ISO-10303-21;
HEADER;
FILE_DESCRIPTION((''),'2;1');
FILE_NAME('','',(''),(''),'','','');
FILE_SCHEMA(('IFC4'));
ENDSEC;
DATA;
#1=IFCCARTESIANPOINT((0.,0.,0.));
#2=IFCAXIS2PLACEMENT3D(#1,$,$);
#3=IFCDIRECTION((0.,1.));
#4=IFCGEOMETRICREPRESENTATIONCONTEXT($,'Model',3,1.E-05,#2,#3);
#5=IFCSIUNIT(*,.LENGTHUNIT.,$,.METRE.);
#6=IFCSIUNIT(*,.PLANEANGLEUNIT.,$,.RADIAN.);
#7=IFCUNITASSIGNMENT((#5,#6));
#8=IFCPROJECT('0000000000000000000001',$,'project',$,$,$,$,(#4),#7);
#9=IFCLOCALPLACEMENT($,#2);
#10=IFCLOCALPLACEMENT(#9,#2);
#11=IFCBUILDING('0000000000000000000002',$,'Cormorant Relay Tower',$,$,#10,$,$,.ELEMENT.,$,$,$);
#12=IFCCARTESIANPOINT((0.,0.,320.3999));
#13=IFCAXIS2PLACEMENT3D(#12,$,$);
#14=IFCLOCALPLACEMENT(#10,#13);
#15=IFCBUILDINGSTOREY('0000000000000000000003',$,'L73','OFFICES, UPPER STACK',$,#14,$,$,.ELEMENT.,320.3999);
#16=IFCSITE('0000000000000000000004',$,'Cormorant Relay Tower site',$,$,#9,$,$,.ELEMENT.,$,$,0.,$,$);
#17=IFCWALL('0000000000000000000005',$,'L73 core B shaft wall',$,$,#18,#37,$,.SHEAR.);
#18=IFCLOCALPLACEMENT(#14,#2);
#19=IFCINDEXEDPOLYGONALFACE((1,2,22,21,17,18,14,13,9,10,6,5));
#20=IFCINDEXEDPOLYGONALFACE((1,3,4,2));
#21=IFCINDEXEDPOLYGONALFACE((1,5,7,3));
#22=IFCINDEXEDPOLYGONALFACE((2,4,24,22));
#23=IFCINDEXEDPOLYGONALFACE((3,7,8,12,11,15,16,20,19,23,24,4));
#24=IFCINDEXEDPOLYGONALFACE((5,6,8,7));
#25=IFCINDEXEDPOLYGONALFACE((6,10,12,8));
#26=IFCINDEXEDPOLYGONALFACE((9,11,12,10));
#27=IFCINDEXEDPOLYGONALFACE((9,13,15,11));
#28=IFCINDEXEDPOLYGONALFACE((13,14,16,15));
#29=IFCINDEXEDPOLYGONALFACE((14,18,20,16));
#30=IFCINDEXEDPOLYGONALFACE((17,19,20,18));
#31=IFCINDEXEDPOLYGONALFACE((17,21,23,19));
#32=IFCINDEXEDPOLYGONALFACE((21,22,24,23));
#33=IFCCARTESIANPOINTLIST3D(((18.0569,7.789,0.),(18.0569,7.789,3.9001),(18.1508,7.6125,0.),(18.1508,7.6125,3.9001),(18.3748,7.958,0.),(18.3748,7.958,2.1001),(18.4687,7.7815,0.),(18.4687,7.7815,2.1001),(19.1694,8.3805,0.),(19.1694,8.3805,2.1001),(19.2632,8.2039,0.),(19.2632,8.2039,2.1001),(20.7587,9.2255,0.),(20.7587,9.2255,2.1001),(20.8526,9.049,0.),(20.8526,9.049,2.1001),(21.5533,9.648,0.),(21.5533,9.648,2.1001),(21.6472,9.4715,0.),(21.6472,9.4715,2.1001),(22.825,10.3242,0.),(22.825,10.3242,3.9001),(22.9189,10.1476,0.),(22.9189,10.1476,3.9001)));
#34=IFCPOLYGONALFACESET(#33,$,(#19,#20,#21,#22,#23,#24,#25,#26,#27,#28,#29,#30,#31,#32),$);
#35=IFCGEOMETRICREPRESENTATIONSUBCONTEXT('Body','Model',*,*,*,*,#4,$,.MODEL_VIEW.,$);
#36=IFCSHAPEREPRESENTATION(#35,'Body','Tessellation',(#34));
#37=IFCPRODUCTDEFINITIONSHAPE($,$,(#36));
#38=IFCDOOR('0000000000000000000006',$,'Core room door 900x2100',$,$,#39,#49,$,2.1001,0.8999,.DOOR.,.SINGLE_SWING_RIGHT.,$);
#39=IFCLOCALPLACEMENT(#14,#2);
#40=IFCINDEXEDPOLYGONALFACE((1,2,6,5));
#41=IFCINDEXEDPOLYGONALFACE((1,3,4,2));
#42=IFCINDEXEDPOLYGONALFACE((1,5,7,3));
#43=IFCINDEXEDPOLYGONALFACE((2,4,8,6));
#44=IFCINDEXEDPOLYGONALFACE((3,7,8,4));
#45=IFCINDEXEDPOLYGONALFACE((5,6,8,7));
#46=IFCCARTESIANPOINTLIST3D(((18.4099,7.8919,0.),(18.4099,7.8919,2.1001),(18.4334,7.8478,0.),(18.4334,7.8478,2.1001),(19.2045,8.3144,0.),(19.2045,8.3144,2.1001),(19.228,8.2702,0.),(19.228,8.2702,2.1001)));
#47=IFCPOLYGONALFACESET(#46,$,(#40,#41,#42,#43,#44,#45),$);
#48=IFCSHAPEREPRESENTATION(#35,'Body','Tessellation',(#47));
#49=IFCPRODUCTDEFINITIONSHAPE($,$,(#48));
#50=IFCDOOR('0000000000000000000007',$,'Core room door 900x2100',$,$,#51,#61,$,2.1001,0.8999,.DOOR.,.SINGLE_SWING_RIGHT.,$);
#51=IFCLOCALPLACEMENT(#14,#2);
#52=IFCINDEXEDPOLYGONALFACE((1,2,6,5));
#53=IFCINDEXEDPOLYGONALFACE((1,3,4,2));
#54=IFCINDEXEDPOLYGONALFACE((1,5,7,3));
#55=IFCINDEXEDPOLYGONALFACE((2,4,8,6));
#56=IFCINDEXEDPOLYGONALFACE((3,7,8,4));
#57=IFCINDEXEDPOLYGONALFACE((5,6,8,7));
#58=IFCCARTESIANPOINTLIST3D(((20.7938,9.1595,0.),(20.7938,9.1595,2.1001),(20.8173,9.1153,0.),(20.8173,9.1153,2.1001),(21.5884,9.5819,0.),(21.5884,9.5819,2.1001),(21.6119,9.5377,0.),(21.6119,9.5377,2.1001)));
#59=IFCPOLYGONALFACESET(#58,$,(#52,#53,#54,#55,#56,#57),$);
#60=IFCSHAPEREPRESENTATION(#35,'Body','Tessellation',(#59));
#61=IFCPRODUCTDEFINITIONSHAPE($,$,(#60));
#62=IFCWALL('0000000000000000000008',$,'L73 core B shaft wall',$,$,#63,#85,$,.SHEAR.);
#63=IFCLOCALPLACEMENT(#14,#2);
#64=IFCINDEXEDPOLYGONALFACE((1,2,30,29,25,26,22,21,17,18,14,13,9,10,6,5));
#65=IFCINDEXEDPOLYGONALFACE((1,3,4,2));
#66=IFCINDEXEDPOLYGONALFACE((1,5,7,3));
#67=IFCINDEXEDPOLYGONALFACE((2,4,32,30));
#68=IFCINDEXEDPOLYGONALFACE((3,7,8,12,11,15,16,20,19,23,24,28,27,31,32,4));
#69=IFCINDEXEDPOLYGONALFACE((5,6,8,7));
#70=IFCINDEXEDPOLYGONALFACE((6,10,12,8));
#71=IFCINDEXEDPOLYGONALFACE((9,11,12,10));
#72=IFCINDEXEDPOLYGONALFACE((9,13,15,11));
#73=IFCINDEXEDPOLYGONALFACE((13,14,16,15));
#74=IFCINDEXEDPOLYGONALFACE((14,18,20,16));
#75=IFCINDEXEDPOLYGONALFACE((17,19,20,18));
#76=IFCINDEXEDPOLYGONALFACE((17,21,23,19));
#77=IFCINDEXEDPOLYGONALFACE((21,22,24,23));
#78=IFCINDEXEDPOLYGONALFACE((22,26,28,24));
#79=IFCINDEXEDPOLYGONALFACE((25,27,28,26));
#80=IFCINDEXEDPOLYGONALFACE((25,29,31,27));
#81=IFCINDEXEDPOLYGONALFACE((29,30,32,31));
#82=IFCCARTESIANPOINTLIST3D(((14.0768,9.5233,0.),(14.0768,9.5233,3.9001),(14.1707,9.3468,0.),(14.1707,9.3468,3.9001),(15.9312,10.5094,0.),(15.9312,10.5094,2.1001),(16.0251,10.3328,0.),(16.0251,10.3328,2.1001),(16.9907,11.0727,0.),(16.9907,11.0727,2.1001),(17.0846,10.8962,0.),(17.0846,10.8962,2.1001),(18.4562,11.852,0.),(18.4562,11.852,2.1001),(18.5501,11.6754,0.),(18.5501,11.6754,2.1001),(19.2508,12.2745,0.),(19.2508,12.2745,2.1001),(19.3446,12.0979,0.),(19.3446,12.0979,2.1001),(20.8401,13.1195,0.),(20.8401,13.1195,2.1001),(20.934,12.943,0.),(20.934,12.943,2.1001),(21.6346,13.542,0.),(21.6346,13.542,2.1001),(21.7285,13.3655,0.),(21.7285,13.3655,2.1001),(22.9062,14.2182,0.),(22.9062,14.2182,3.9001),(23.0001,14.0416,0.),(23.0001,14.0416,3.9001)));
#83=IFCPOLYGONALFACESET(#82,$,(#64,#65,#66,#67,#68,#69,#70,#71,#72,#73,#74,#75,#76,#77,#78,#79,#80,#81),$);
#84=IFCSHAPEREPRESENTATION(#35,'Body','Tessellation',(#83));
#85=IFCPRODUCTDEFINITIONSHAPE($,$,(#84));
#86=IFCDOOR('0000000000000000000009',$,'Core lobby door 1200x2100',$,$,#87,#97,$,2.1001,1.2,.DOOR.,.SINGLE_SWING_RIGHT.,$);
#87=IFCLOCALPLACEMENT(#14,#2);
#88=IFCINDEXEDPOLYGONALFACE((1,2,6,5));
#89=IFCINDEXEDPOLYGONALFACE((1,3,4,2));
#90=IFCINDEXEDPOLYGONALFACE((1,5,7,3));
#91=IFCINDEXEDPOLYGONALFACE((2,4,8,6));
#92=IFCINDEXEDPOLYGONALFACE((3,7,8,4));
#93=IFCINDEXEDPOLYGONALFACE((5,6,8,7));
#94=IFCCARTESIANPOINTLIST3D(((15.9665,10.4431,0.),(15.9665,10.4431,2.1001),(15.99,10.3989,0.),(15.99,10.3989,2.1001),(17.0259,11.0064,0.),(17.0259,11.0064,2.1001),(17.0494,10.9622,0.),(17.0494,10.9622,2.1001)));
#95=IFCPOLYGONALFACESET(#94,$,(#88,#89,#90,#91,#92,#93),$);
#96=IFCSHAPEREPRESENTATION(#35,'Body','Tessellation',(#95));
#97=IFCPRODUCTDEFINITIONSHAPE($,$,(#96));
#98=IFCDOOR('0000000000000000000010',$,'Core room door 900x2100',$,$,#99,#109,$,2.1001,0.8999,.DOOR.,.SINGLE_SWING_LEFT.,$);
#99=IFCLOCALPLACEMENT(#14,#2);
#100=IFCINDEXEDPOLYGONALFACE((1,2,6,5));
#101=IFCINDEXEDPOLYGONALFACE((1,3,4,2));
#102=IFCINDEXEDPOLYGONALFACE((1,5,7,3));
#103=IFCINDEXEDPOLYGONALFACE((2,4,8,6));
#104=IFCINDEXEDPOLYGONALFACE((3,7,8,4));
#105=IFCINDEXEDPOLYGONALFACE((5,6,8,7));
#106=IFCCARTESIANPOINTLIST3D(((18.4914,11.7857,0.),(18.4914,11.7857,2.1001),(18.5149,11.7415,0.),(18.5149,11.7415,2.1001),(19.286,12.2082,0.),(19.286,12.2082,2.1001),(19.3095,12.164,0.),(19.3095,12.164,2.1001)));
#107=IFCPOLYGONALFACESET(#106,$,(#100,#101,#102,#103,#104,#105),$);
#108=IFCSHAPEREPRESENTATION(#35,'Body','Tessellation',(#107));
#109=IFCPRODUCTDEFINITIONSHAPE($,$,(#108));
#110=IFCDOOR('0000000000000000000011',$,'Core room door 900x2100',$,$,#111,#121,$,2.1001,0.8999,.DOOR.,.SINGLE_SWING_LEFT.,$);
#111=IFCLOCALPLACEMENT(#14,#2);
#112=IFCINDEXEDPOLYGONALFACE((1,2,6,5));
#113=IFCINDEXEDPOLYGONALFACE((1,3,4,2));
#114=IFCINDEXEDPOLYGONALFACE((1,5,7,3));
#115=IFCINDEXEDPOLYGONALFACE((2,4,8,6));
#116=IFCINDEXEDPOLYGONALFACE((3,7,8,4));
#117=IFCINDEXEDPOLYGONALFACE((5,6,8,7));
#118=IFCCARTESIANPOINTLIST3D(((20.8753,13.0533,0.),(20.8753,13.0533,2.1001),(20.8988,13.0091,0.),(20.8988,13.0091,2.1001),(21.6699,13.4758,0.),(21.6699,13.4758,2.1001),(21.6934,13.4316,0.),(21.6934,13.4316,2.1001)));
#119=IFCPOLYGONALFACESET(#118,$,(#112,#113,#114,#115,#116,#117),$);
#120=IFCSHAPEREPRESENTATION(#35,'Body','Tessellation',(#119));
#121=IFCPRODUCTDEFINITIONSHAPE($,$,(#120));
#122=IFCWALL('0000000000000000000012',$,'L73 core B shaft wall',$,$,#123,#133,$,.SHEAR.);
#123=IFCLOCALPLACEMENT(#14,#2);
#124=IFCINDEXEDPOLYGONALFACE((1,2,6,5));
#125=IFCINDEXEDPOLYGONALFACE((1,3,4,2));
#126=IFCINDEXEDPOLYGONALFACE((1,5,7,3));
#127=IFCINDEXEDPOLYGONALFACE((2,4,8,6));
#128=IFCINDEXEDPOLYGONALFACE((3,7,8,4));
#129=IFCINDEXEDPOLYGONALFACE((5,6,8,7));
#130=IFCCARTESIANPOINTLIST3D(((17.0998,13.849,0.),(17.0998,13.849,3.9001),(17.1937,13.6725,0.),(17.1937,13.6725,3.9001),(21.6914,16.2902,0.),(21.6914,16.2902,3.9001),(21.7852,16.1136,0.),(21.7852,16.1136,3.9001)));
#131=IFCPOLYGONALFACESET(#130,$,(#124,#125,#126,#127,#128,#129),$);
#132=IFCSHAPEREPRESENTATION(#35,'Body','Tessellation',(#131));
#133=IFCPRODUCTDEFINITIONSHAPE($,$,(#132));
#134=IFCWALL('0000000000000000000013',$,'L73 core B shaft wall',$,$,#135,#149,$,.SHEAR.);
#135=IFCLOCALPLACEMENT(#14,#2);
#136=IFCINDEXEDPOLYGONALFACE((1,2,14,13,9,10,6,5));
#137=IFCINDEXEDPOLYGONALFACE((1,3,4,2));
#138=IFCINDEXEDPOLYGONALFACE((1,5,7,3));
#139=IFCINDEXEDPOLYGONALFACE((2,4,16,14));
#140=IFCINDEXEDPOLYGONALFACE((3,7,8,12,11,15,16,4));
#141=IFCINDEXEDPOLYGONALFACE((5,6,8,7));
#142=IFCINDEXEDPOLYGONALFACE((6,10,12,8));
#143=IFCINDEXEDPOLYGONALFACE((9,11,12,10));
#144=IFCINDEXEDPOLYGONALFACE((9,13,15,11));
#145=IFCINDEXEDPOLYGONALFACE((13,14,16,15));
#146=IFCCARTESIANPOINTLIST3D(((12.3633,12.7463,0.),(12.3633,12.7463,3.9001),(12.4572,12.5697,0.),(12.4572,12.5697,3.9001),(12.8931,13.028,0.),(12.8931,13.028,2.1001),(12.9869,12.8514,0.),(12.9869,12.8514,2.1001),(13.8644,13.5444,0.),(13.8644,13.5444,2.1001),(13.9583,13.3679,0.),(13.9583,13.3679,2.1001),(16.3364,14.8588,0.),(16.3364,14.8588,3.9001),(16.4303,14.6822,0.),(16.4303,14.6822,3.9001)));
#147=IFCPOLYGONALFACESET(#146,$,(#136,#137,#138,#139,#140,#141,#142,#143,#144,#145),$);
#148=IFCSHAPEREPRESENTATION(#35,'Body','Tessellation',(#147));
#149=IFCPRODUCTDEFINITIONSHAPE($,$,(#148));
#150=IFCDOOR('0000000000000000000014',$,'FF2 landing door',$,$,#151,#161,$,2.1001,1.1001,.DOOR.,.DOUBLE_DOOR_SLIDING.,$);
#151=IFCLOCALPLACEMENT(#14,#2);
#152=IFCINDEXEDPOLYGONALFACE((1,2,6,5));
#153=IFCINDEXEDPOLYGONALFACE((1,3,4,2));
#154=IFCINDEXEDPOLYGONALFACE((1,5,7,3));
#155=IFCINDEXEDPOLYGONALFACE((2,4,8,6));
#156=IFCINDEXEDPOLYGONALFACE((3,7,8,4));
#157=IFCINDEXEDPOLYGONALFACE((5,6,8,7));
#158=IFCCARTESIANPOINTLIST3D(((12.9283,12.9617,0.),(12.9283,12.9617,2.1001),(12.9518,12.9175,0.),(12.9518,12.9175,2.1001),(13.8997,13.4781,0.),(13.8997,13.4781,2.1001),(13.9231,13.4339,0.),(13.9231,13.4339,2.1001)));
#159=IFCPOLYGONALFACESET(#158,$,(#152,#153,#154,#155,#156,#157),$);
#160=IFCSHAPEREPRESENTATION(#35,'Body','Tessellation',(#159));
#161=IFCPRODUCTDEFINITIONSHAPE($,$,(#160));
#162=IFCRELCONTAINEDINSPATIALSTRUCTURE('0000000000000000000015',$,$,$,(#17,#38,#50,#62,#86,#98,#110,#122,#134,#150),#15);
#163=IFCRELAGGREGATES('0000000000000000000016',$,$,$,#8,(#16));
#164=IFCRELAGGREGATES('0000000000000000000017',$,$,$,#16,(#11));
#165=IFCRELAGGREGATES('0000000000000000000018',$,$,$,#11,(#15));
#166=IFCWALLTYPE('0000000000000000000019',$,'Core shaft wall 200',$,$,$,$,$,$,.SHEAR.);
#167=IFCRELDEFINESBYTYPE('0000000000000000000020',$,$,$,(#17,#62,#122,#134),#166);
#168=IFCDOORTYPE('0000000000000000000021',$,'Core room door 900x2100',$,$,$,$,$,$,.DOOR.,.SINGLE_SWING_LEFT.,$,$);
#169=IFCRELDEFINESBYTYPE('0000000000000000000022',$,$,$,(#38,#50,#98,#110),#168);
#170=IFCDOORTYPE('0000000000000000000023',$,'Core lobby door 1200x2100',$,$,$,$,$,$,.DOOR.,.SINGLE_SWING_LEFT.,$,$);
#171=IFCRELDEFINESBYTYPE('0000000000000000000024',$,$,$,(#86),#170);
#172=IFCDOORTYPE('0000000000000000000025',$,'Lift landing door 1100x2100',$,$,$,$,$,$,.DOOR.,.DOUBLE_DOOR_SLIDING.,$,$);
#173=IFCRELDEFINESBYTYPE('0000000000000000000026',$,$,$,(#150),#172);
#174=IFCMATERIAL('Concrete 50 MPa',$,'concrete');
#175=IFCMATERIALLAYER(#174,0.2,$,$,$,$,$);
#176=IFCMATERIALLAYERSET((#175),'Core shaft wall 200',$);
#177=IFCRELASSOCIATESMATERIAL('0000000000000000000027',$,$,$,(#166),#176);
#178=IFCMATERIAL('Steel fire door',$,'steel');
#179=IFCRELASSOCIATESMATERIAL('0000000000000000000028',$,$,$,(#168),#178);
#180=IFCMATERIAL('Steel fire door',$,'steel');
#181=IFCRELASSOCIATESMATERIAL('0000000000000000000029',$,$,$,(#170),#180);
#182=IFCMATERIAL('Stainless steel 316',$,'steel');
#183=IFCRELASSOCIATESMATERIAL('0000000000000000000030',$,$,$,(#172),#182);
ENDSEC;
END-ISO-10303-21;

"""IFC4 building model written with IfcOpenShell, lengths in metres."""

from ifc_helpers import new_model, si_unit, direction, frame, frame_2d, origin, place, context, subcontext, project, spatial, rectangle, extrude, material, layer, layer_set, type_object, element, fill, save


model = new_model("IFC4")

# Units and contexts
model_context = context("Model", 3, precision=1e-05, world=origin(), true_north=direction((0.0, 1.0)))
body_context = subcontext(model_context, "Body", "Model", "MODEL_VIEW")
ifc_project = project(units=[si_unit("LENGTHUNIT", "METRE"), si_unit("PLANEANGLEUNIT", "RADIAN")], contexts=[model_context])

# Site, building, storey
site_placement = place(None, origin())
site = spatial("IfcSite", under=ifc_project, at=site_placement, Name="Cormorant Relay Tower site", CompositionType="ELEMENT", RefElevation=0.0)
building_placement = place(site_placement, origin())
building = spatial("IfcBuilding", under=site, at=building_placement, Name="Cormorant Relay Tower", CompositionType="ELEMENT")
storey_placement = place(building_placement, frame((0.0, 0.0, 320.3999)))
storey = spatial("IfcBuildingStorey", under=building, at=storey_placement, Name="L73", Description="OFFICES, UPPER STACK", CompositionType="ELEMENT", Elevation=320.3999)

# Shared definitions
ifc_material_1 = material(Name="Concrete 50 MPa", Category="concrete")
ifc_layer_1 = layer(ifc_material_1, 0.2)
ifc_layer_set_1 = layer_set([ifc_layer_1], Name="Core shaft wall 200")
wall_type_1 = type_object("IfcWallType", Name="Core shaft wall 200", PredefinedType="SHEAR", material=ifc_layer_set_1)

# Walls, openings, doors
ifc_material_2 = material(Name="Steel fire door", Category="steel")
door_type_1 = type_object("IfcDoorType", Name="Core room door 900x2100", OperationType="SINGLE_SWING_LEFT", PredefinedType="DOOR", material=ifc_material_2)
wall_1_placement = place(storey_placement, frame((18.1038, 7.7007, 0.0), z_axis=(0.0, 0.0, 1.0), x_axis=(0.882953, 0.469462, 0.0)))
wall_1 = element("IfcWall", 1, at=wall_1_placement, inside=storey, type_object=wall_type_1, Name="L73 core B shaft wall", PredefinedType="SHEAR", context=body_context, shape_type="SweptSolid", body=[
    extrude(rectangle(XDim=5.4001, YDim=0.2, at=frame_2d((2.7002, 0.0))), origin(), (0.0, 0.0, 1.0), 3.9001),
])
opening_1_placement = place(wall_1_placement, frame((0.3601, 0.0, 0.0)))
opening_1 = element("IfcOpeningElement", 2, at=opening_1_placement, cuts=wall_1, PredefinedType="OPENING", context=body_context, shape_type="SweptSolid", body=[
    extrude(rectangle(XDim=0.8999, YDim=2.1001, at=frame_2d((0.45, 1.05))), frame((0.0, 0.1099, 0.0), z_axis=(0.0, -1.0, 0.0), x_axis=(1.0, 0.0, 0.0)), (0.0, 0.0, 1.0), 0.22),
])
opening_2_placement = place(wall_1_placement, frame((3.0601, 0.0, 0.0)))
opening_2 = element("IfcOpeningElement", 3, at=opening_2_placement, cuts=wall_1, PredefinedType="OPENING", context=body_context, shape_type="SweptSolid", body=[
    extrude(rectangle(XDim=0.8999, YDim=2.1001, at=frame_2d((0.45, 1.05))), frame((0.0, 0.1099, 0.0), z_axis=(0.0, -1.0, 0.0), x_axis=(1.0, 0.0, 0.0)), (0.0, 0.0, 1.0), 0.22),
])
door_1_placement = place(opening_1_placement, frame((0.8999, 0.0, 0.0), z_axis=(0.0, 0.0, 1.0), x_axis=(-1.0, 0.0, 0.0)))
door_1 = element("IfcDoor", 4, at=door_1_placement, inside=storey, type_object=door_type_1, Name="Core room door 900x2100", OperationType="SINGLE_SWING_RIGHT", OverallHeight=2.1001, OverallWidth=0.8999, PredefinedType="DOOR", context=body_context, shape_type="SweptSolid", body=[
    extrude(rectangle(XDim=0.8999, YDim=2.1001, at=frame_2d((0.45, 1.05))), frame((0.0, 0.0249, 0.0), z_axis=(0.0, -1.0, 0.0), x_axis=(1.0, 0.0, 0.0)), (0.0, 0.0, 1.0), 0.05),
])
fill(opening_1, door_1)
door_2_placement = place(opening_2_placement, frame((0.8999, 0.0, 0.0), z_axis=(0.0, 0.0, 1.0), x_axis=(-1.0, 0.0, 0.0)))
door_2 = element("IfcDoor", 5, at=door_2_placement, inside=storey, type_object=door_type_1, Name="Core room door 900x2100", OperationType="SINGLE_SWING_RIGHT", OverallHeight=2.1001, OverallWidth=0.8999, PredefinedType="DOOR", context=body_context, shape_type="SweptSolid", body=[
    extrude(rectangle(XDim=0.8999, YDim=2.1001, at=frame_2d((0.45, 1.05))), frame((0.0, 0.0249, 0.0), z_axis=(0.0, -1.0, 0.0), x_axis=(1.0, 0.0, 0.0)), (0.0, 0.0, 1.0), 0.05),
])
fill(opening_2, door_2)
wall_2_placement = place(storey_placement, frame((14.1238, 9.4351, 0.0), z_axis=(0.0, 0.0, 1.0), x_axis=(0.88294, 0.469485, 0.0)))
wall_2 = element("IfcWall", 6, at=wall_2_placement, inside=storey, type_object=wall_type_1, Name="L73 core B shaft wall", PredefinedType="SHEAR", context=body_context, shape_type="SweptSolid", body=[
    extrude(rectangle(XDim=10.0, YDim=0.2, at=frame_2d((5.0, 0.0))), origin(), (0.0, 0.0, 1.0), 3.9001),
])
opening_3_placement = place(wall_2_placement, frame((2.1001, 0.0, 0.0)))
opening_3 = element("IfcOpeningElement", 7, at=opening_3_placement, cuts=wall_2, PredefinedType="OPENING", context=body_context, shape_type="SweptSolid", body=[
    extrude(rectangle(XDim=1.2, YDim=2.1001, at=frame_2d((0.6001, 1.05))), frame((0.0, 0.1099, 0.0), z_axis=(0.0, -1.0, 0.0), x_axis=(1.0, 0.0, 0.0)), (0.0, 0.0, 1.0), 0.22),
])
opening_4_placement = place(wall_2_placement, frame((4.96, 0.0, 0.0)))
opening_4 = element("IfcOpeningElement", 8, at=opening_4_placement, cuts=wall_2, PredefinedType="OPENING", context=body_context, shape_type="SweptSolid", body=[
    extrude(rectangle(XDim=0.8999, YDim=2.1001, at=frame_2d((0.45, 1.05))), frame((0.0, 0.1099, 0.0), z_axis=(0.0, -1.0, 0.0), x_axis=(1.0, 0.0, 0.0)), (0.0, 0.0, 1.0), 0.22),
])
opening_5_placement = place(wall_2_placement, frame((7.6599, 0.0, 0.0)))
opening_5 = element("IfcOpeningElement", 9, at=opening_5_placement, cuts=wall_2, PredefinedType="OPENING", context=body_context, shape_type="SweptSolid", body=[
    extrude(rectangle(XDim=0.8999, YDim=2.1001, at=frame_2d((0.45, 1.05))), frame((0.0, 0.1099, 0.0), z_axis=(0.0, -1.0, 0.0), x_axis=(1.0, 0.0, 0.0)), (0.0, 0.0, 1.0), 0.22),
])
ifc_material_3 = material(Name="Steel fire door", Category="steel")
door_type_2 = type_object("IfcDoorType", Name="Core lobby door 1200x2100", OperationType="SINGLE_SWING_LEFT", PredefinedType="DOOR", material=ifc_material_3)
door_3_placement = place(opening_3_placement, origin())
door_3 = element("IfcDoor", 10, at=door_3_placement, inside=storey, type_object=door_type_2, Name="Core lobby door 1200x2100", OperationType="SINGLE_SWING_RIGHT", OverallHeight=2.1001, OverallWidth=1.2, PredefinedType="DOOR", context=body_context, shape_type="SweptSolid", body=[
    extrude(rectangle(XDim=1.2, YDim=2.1001, at=frame_2d((0.6001, 1.05))), frame((0.0, 0.0249, 0.0), z_axis=(0.0, -1.0, 0.0), x_axis=(1.0, 0.0, 0.0)), (0.0, 0.0, 1.0), 0.05),
])
fill(opening_3, door_3)
door_4_placement = place(opening_4_placement, origin())
door_4 = element("IfcDoor", 11, at=door_4_placement, inside=storey, type_object=door_type_1, Name="Core room door 900x2100", OperationType="SINGLE_SWING_LEFT", OverallHeight=2.1001, OverallWidth=0.8999, PredefinedType="DOOR", context=body_context, shape_type="SweptSolid", body=[
    extrude(rectangle(XDim=0.8999, YDim=2.1001, at=frame_2d((0.45, 1.05))), frame((0.0, 0.0249, 0.0), z_axis=(0.0, -1.0, 0.0), x_axis=(1.0, 0.0, 0.0)), (0.0, 0.0, 1.0), 0.05),
])
fill(opening_4, door_4)
door_5_placement = place(opening_5_placement, origin())
door_5 = element("IfcDoor", 12, at=door_5_placement, inside=storey, type_object=door_type_1, Name="Core room door 900x2100", OperationType="SINGLE_SWING_LEFT", OverallHeight=2.1001, OverallWidth=0.8999, PredefinedType="DOOR", context=body_context, shape_type="SweptSolid", body=[
    extrude(rectangle(XDim=0.8999, YDim=2.1001, at=frame_2d((0.45, 1.05))), frame((0.0, 0.0249, 0.0), z_axis=(0.0, -1.0, 0.0), x_axis=(1.0, 0.0, 0.0)), (0.0, 0.0, 1.0), 0.05),
])
fill(opening_5, door_5)

# Wall
wall_3_placement = place(storey_placement, frame((17.1467, 13.7607, 0.0), z_axis=(0.0, 0.0, 1.0), x_axis=(0.882964, 0.46944, 0.0)))
element("IfcWall", 13, at=wall_3_placement, inside=storey, type_object=wall_type_1, Name="L73 core B shaft wall", PredefinedType="SHEAR", context=body_context, shape_type="SweptSolid", body=[
    extrude(rectangle(XDim=5.2002, YDim=0.2, at=frame_2d((2.6001, 0.0))), origin(), (0.0, 0.0, 1.0), 3.9001),
])

# Wall, opening, door
wall_4_placement = place(storey_placement, frame((12.4102, 12.658, 0.0), z_axis=(0.0, 0.0, 1.0), x_axis=(0.882948, 0.46947, 0.0)))
wall_4 = element("IfcWall", 14, at=wall_4_placement, inside=storey, type_object=wall_type_1, Name="L73 core B shaft wall", PredefinedType="SHEAR", context=body_context, shape_type="SweptSolid", body=[
    extrude(rectangle(XDim=4.4998, YDim=0.2, at=frame_2d((2.25, 0.0))), origin(), (0.0, 0.0, 1.0), 3.9001),
])
opening_6_placement = place(wall_4_placement, frame((0.6001, 0.0, 0.0)))
opening_6 = element("IfcOpeningElement", 15, at=opening_6_placement, cuts=wall_4, PredefinedType="OPENING", context=body_context, shape_type="SweptSolid", body=[
    extrude(rectangle(XDim=1.1001, YDim=2.1001, at=frame_2d((0.55, 1.05))), frame((0.0, 0.1099, 0.0), z_axis=(0.0, -1.0, 0.0), x_axis=(1.0, 0.0, 0.0)), (0.0, 0.0, 1.0), 0.22),
])
ifc_material_4 = material(Name="Stainless steel 316", Category="steel")
door_type_3 = type_object("IfcDoorType", Name="Lift landing door 1100x2100", OperationType="DOUBLE_DOOR_SLIDING", PredefinedType="DOOR", material=ifc_material_4)
door_6_placement = place(opening_6_placement, origin())
door_6 = element("IfcDoor", 16, at=door_6_placement, inside=storey, type_object=door_type_3, Name="FF2 landing door", OperationType="DOUBLE_DOOR_SLIDING", OverallHeight=2.1001, OverallWidth=1.1001, PredefinedType="DOOR", context=body_context, shape_type="SweptSolid", body=[
    extrude(rectangle(XDim=1.1001, YDim=2.1001, at=frame_2d((0.55, 1.05))), frame((0.0, 0.0249, 0.0), z_axis=(0.0, -1.0, 0.0), x_axis=(1.0, 0.0, 0.0)), (0.0, 0.0, 1.0), 0.05),
])
fill(opening_6, door_6)

save(model, "model.ifc")
